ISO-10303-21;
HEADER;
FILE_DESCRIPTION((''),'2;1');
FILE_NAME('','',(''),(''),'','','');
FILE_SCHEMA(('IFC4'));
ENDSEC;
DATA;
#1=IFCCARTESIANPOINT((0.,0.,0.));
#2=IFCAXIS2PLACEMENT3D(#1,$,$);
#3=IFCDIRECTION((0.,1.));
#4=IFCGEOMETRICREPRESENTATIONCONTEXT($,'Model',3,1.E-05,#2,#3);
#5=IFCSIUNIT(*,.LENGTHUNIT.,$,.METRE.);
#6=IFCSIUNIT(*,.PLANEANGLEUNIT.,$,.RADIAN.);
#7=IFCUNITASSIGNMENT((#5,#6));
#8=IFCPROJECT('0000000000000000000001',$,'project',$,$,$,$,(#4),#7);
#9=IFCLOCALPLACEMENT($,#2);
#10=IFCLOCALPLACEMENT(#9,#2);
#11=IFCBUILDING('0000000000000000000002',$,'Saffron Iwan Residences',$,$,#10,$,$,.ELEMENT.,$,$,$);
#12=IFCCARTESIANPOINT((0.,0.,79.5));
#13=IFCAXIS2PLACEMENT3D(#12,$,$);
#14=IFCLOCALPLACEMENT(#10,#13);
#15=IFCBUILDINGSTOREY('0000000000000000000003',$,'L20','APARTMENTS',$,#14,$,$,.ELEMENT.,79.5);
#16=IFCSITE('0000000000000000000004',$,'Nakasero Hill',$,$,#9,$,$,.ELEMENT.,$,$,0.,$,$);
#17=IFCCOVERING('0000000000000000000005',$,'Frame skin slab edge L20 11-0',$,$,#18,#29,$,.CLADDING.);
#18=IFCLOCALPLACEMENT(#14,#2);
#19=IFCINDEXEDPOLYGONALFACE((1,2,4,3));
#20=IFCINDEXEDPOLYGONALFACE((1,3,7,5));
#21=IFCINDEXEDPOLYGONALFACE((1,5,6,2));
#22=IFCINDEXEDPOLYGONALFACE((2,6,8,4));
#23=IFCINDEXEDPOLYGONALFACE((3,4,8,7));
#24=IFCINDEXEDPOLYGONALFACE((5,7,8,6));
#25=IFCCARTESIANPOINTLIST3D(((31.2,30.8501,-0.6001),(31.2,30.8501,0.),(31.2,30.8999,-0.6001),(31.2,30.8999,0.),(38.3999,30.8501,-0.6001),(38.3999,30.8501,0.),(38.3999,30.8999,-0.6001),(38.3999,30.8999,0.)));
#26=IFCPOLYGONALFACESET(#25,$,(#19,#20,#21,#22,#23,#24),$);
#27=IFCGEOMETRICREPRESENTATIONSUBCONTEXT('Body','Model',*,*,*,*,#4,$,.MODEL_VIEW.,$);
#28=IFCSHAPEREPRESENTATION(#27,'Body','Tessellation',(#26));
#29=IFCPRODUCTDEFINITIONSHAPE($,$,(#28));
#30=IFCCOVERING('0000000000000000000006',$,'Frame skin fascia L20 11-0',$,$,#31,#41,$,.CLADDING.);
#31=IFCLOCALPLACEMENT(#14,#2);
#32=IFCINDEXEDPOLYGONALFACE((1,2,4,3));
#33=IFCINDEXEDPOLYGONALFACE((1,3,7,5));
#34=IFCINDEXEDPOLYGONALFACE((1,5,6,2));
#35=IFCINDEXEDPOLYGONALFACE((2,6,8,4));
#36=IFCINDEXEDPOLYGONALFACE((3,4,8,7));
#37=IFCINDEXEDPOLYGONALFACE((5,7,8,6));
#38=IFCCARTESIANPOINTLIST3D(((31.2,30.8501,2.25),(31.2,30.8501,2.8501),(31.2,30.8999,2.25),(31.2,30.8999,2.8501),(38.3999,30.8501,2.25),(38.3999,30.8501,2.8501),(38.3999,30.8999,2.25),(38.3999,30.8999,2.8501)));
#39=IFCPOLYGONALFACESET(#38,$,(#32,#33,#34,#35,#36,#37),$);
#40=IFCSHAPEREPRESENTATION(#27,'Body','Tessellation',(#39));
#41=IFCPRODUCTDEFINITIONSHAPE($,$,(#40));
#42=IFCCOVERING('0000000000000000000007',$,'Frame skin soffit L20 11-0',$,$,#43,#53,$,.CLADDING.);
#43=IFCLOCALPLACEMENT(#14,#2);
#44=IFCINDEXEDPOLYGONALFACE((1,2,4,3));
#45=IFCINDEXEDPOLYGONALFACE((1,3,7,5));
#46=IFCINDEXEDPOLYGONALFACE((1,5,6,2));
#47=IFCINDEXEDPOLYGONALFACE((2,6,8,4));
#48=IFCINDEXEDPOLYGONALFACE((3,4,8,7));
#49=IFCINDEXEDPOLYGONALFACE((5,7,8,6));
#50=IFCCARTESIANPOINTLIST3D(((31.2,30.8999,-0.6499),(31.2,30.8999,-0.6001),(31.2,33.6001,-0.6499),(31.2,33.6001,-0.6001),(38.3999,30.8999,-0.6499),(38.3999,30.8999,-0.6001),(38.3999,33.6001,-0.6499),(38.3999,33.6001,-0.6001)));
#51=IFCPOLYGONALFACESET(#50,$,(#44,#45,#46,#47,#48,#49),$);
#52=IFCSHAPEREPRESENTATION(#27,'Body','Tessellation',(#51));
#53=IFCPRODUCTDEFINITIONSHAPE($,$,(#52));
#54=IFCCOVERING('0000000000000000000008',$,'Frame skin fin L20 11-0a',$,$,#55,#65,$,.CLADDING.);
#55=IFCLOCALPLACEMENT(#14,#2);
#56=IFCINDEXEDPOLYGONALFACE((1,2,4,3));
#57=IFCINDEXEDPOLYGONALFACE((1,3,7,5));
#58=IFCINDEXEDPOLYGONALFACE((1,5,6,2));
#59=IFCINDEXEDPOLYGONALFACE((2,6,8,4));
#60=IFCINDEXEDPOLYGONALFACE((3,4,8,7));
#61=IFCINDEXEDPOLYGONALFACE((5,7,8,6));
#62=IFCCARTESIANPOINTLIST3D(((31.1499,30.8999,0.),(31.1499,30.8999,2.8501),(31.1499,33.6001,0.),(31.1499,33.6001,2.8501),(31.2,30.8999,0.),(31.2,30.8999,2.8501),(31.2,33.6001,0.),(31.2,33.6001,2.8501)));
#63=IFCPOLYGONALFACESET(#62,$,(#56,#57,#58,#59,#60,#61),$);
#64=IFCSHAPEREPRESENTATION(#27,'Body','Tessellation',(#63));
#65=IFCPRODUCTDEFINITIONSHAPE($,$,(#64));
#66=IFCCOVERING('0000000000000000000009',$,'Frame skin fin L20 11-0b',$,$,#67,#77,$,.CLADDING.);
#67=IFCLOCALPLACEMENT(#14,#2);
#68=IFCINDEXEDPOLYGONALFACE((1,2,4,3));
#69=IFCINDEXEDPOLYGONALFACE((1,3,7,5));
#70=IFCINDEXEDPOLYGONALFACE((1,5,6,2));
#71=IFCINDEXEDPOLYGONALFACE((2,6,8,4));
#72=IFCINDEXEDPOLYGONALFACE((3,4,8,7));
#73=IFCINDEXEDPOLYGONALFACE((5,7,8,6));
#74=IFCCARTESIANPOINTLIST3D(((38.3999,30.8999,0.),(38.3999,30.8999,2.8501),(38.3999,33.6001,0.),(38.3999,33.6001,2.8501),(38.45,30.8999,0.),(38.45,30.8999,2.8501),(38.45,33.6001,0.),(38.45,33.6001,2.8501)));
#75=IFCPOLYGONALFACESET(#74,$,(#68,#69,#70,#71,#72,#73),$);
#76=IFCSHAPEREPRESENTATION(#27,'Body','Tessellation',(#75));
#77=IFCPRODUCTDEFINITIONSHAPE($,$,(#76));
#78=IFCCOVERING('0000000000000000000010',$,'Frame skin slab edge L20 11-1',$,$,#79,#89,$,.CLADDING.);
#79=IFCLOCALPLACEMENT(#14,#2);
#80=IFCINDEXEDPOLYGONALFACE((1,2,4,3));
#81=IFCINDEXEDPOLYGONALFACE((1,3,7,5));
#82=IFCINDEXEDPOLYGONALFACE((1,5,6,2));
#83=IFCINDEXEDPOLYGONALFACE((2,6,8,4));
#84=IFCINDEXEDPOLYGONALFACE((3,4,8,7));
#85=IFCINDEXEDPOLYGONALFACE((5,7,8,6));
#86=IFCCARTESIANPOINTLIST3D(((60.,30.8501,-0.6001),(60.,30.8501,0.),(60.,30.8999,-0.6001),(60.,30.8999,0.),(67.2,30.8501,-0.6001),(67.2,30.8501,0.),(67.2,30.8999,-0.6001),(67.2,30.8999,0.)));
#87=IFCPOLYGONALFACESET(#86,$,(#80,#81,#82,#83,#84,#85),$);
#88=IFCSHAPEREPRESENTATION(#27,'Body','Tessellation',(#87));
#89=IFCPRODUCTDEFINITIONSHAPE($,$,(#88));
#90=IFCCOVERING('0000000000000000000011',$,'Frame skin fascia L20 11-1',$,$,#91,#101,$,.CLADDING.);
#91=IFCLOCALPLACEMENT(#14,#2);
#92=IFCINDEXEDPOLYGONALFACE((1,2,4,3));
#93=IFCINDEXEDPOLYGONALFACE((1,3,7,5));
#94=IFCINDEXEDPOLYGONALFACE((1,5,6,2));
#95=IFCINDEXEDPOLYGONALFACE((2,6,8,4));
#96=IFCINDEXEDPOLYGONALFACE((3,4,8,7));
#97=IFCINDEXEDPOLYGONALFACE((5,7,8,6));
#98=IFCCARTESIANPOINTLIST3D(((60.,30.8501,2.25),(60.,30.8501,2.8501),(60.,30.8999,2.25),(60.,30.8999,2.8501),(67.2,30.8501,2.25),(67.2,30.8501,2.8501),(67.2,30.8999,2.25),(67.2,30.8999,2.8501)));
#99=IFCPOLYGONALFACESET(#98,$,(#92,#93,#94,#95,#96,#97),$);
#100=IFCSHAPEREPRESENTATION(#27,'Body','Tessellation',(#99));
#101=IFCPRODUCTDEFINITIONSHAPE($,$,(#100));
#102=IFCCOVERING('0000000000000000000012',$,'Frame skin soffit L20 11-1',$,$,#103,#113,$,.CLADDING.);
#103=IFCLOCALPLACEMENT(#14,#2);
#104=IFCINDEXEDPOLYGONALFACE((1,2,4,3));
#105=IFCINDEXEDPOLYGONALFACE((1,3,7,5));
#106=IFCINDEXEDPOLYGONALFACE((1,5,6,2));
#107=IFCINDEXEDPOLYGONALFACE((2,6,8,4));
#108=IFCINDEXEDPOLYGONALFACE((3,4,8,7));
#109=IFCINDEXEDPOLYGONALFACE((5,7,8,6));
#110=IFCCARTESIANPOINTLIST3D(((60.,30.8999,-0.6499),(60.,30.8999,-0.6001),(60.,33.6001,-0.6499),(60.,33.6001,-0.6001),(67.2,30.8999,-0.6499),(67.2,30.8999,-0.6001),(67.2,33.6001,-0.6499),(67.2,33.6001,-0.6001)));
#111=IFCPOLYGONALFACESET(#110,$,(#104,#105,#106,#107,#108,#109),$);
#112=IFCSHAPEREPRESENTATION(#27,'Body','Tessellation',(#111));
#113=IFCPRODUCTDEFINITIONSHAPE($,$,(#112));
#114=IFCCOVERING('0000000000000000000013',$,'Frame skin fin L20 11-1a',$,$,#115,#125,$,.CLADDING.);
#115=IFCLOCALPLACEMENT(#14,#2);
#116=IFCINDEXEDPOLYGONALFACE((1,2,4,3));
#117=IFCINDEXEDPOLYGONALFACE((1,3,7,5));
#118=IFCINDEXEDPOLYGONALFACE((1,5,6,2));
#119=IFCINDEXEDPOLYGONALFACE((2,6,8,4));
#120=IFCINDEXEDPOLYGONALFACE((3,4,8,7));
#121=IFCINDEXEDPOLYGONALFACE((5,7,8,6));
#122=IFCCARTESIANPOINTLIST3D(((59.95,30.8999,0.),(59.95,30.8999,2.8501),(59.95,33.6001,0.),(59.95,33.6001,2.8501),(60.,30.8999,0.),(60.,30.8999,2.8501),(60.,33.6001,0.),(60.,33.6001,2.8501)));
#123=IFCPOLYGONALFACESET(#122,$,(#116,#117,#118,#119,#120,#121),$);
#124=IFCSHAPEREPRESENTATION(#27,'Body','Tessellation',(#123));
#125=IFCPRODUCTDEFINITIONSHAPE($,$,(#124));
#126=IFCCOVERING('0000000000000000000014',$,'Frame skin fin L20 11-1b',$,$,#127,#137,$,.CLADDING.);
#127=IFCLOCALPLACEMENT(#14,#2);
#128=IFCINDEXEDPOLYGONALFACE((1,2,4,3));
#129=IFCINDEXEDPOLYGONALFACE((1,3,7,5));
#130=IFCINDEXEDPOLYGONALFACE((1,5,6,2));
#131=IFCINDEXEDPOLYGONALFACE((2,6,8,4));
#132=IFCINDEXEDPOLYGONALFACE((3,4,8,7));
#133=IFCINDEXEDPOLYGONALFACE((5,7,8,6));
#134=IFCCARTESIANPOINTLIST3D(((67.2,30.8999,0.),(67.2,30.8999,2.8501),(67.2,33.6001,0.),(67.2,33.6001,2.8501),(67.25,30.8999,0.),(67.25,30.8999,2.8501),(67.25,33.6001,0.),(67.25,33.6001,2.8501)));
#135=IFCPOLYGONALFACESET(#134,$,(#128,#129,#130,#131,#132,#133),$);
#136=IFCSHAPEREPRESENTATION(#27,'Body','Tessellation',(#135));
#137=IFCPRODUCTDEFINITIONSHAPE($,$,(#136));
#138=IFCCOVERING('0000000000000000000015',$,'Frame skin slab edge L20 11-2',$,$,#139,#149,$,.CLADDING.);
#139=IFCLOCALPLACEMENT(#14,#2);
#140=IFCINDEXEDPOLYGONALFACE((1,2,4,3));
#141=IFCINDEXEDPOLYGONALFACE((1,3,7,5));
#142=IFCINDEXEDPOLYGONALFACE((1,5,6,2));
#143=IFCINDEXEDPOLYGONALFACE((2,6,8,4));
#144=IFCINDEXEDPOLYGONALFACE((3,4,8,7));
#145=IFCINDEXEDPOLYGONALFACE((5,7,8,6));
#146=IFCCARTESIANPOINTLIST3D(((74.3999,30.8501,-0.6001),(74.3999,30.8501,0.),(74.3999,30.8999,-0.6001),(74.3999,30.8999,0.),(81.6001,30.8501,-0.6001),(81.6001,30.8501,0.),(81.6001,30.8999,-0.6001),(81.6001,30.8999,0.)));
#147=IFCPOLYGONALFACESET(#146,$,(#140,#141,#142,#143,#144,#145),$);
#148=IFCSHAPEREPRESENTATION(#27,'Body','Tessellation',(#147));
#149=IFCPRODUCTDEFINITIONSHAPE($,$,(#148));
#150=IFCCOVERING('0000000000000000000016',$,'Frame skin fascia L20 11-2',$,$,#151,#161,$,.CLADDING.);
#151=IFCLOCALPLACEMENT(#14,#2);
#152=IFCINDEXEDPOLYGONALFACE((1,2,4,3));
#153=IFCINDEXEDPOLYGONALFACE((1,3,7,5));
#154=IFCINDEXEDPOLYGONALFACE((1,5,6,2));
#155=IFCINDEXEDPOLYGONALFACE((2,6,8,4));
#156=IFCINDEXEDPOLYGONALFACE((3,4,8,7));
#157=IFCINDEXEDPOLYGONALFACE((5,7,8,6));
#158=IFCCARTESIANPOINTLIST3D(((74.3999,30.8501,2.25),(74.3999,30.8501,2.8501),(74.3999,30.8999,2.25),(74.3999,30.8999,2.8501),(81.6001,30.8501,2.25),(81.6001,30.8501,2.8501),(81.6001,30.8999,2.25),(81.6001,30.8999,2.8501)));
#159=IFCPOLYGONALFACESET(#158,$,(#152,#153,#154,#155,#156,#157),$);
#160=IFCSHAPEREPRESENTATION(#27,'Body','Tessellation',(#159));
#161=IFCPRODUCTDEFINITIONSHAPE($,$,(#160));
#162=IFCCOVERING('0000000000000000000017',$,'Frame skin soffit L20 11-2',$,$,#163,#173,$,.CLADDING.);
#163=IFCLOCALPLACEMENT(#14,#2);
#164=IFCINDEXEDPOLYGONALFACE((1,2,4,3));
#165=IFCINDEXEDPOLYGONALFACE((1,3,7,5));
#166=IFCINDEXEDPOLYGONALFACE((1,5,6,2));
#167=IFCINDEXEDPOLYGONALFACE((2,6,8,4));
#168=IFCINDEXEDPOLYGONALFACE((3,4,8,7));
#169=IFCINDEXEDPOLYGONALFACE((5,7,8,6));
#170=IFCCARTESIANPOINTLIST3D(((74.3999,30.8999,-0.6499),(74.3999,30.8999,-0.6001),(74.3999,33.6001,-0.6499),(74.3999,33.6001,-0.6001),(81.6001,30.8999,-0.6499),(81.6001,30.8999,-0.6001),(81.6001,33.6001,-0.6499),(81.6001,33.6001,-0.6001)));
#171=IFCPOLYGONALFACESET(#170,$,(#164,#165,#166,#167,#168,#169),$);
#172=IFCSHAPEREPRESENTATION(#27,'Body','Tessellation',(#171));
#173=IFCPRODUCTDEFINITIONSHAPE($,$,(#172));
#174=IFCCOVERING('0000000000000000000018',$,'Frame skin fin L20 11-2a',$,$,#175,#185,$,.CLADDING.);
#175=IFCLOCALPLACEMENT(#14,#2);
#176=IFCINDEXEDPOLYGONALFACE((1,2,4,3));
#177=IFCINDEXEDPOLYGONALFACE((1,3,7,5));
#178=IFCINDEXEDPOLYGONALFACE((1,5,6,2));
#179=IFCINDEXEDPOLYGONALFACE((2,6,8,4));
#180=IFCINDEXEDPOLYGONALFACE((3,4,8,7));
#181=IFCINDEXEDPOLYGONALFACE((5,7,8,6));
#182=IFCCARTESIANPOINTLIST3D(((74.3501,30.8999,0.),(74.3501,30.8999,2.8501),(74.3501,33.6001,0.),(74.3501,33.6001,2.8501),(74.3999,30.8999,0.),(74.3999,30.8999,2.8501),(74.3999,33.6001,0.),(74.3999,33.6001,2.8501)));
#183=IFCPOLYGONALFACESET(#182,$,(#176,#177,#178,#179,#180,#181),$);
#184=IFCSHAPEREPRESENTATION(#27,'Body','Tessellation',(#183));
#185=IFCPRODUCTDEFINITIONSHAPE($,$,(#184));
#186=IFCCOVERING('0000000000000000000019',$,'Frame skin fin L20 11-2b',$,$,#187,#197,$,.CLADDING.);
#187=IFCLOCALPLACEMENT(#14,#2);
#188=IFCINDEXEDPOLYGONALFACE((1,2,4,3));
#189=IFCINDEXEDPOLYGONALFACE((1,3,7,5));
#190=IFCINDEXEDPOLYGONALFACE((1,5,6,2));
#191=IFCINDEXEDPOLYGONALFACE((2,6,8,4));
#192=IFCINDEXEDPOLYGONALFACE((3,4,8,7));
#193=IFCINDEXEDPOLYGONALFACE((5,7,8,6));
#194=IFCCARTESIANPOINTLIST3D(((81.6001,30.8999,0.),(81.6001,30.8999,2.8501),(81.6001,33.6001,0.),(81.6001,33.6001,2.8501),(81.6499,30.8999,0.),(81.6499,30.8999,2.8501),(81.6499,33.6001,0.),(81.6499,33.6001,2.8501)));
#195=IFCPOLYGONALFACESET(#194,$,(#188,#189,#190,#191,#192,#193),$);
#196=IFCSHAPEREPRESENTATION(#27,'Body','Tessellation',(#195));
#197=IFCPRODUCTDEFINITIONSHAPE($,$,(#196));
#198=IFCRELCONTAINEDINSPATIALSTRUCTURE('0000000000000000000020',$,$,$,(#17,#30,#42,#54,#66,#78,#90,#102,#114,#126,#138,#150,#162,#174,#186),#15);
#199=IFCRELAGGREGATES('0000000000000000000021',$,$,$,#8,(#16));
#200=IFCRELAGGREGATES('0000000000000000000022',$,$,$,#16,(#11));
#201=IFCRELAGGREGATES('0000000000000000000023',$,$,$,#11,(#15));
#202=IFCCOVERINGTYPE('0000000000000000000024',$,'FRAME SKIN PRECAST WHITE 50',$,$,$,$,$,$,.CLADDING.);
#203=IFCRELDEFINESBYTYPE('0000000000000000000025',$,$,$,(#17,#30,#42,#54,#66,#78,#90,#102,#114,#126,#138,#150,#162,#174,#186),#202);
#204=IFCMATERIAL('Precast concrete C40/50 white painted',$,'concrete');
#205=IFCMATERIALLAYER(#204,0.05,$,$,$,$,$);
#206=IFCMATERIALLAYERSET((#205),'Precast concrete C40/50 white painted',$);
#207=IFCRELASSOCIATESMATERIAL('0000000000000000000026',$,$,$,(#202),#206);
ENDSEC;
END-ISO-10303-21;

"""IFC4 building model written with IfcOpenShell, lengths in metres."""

from ifc_helpers import new_model, si_unit, direction, frame, origin, place, context, subcontext, project, spatial, polyline, outline, extrude, material, layer, layer_set, type_object, element, save


model = new_model("IFC4")

# Units and contexts
model_context = context("Model", 3, precision=1e-05, world=origin(), true_north=direction((0.0, 1.0)))
body_context = subcontext(model_context, "Body", "Model", "MODEL_VIEW")
ifc_project = project(units=[si_unit("LENGTHUNIT", "METRE"), si_unit("PLANEANGLEUNIT", "RADIAN")], contexts=[model_context])

# Site, building, storey
site_placement = place(None, origin())
site = spatial("IfcSite", under=ifc_project, at=site_placement, Name="Nakasero Hill", CompositionType="ELEMENT", RefElevation=0.0)
building_placement = place(site_placement, origin())
building = spatial("IfcBuilding", under=site, at=building_placement, Name="Saffron Iwan Residences", CompositionType="ELEMENT")
storey_placement = place(building_placement, frame((0.0, 0.0, 79.5)))
storey = spatial("IfcBuildingStorey", under=building, at=storey_placement, Name="L20", Description="APARTMENTS", CompositionType="ELEMENT", Elevation=79.5)

# Coverings
ifc_material_1 = material(Name="Precast concrete C40/50 white painted", Category="concrete")
ifc_layer_1 = layer(ifc_material_1, 0.05)
ifc_layer_set_1 = layer_set([ifc_layer_1], Name="Precast concrete C40/50 white painted")
covering_type = type_object("IfcCoveringType", Name="FRAME SKIN PRECAST WHITE 50", PredefinedType="CLADDING", material=ifc_layer_set_1)
for number, where, name in (
    (1, (0.0, 0.0, -0.6001), "Frame skin slab edge L20 11-0"),
    (2, (0.0, 0.0, 2.25), "Frame skin fascia L20 11-0"),
):
    element("IfcCovering", number, at=place(storey_placement, frame(where)), inside=storey, type_object=covering_type, Name=name, PredefinedType="CLADDING", context=body_context, shape_type="SweptSolid", body=[
        extrude(outline(polyline([(31.2, 30.8501), (38.3999, 30.8501), (38.3999, 30.8999), (31.2, 30.8999), (31.2, 30.8501)])), origin(), (0.0, 0.0, 1.0), 0.6001),
    ])
covering_1_placement = place(storey_placement, frame((0.0, 0.0, -0.6499)))
element("IfcCovering", 3, at=covering_1_placement, inside=storey, type_object=covering_type, Name="Frame skin soffit L20 11-0", PredefinedType="CLADDING", context=body_context, shape_type="SweptSolid", body=[
    extrude(outline(polyline([(31.2, 30.8999), (38.3999, 30.8999), (38.3999, 33.6001), (31.2, 33.6001), (31.2, 30.8999)])), origin(), (0.0, 0.0, 1.0), 0.0498),
])
covering_2_placement = place(storey_placement, origin())
element("IfcCovering", 4, at=covering_2_placement, inside=storey, type_object=covering_type, Name="Frame skin fin L20 11-0a", PredefinedType="CLADDING", context=body_context, shape_type="SweptSolid", body=[
    extrude(outline(polyline([(31.1499, 30.8999), (31.2, 30.8999), (31.2, 33.6001), (31.1499, 33.6001), (31.1499, 30.8999)])), origin(), (0.0, 0.0, 1.0), 2.8501),
])
covering_3_placement = place(storey_placement, origin())
element("IfcCovering", 5, at=covering_3_placement, inside=storey, type_object=covering_type, Name="Frame skin fin L20 11-0b", PredefinedType="CLADDING", context=body_context, shape_type="SweptSolid", body=[
    extrude(outline(polyline([(38.3999, 30.8999), (38.45, 30.8999), (38.45, 33.6001), (38.3999, 33.6001), (38.3999, 30.8999)])), origin(), (0.0, 0.0, 1.0), 2.8501),
])
for number, where, name in (
    (6, (0.0, 0.0, -0.6001), "Frame skin slab edge L20 11-1"),
    (7, (0.0, 0.0, 2.25), "Frame skin fascia L20 11-1"),
):
    element("IfcCovering", number, at=place(storey_placement, frame(where)), inside=storey, type_object=covering_type, Name=name, PredefinedType="CLADDING", context=body_context, shape_type="SweptSolid", body=[
        extrude(outline(polyline([(60.0, 30.8501), (67.2, 30.8501), (67.2, 30.8999), (60.0, 30.8999), (60.0, 30.8501)])), origin(), (0.0, 0.0, 1.0), 0.6001),
    ])
covering_4_placement = place(storey_placement, frame((0.0, 0.0, -0.6499)))
element("IfcCovering", 8, at=covering_4_placement, inside=storey, type_object=covering_type, Name="Frame skin soffit L20 11-1", PredefinedType="CLADDING", context=body_context, shape_type="SweptSolid", body=[
    extrude(outline(polyline([(60.0, 30.8999), (67.2, 30.8999), (67.2, 33.6001), (60.0, 33.6001), (60.0, 30.8999)])), origin(), (0.0, 0.0, 1.0), 0.0498),
])
covering_5_placement = place(storey_placement, origin())
element("IfcCovering", 9, at=covering_5_placement, inside=storey, type_object=covering_type, Name="Frame skin fin L20 11-1a", PredefinedType="CLADDING", context=body_context, shape_type="SweptSolid", body=[
    extrude(outline(polyline([(59.95, 30.8999), (60.0, 30.8999), (60.0, 33.6001), (59.95, 33.6001), (59.95, 30.8999)])), origin(), (0.0, 0.0, 1.0), 2.8501),
])
covering_6_placement = place(storey_placement, origin())
element("IfcCovering", 10, at=covering_6_placement, inside=storey, type_object=covering_type, Name="Frame skin fin L20 11-1b", PredefinedType="CLADDING", context=body_context, shape_type="SweptSolid", body=[
    extrude(outline(polyline([(67.2, 30.8999), (67.25, 30.8999), (67.25, 33.6001), (67.2, 33.6001), (67.2, 30.8999)])), origin(), (0.0, 0.0, 1.0), 2.8501),
])
for number, where, name in (
    (11, (0.0, 0.0, -0.6001), "Frame skin slab edge L20 11-2"),
    (12, (0.0, 0.0, 2.25), "Frame skin fascia L20 11-2"),
):
    element("IfcCovering", number, at=place(storey_placement, frame(where)), inside=storey, type_object=covering_type, Name=name, PredefinedType="CLADDING", context=body_context, shape_type="SweptSolid", body=[
        extrude(outline(polyline([(74.3999, 30.8501), (81.6001, 30.8501), (81.6001, 30.8999), (74.3999, 30.8999), (74.3999, 30.8501)])), origin(), (0.0, 0.0, 1.0), 0.6001),
    ])
covering_7_placement = place(storey_placement, frame((0.0, 0.0, -0.6499)))
element("IfcCovering", 13, at=covering_7_placement, inside=storey, type_object=covering_type, Name="Frame skin soffit L20 11-2", PredefinedType="CLADDING", context=body_context, shape_type="SweptSolid", body=[
    extrude(outline(polyline([(74.3999, 30.8999), (81.6001, 30.8999), (81.6001, 33.6001), (74.3999, 33.6001), (74.3999, 30.8999)])), origin(), (0.0, 0.0, 1.0), 0.0498),
])
covering_8_placement = place(storey_placement, origin())
element("IfcCovering", 14, at=covering_8_placement, inside=storey, type_object=covering_type, Name="Frame skin fin L20 11-2a", PredefinedType="CLADDING", context=body_context, shape_type="SweptSolid", body=[
    extrude(outline(polyline([(74.3501, 30.8999), (74.3999, 30.8999), (74.3999, 33.6001), (74.3501, 33.6001), (74.3501, 30.8999)])), origin(), (0.0, 0.0, 1.0), 2.8501),
])
covering_9_placement = place(storey_placement, origin())
element("IfcCovering", 15, at=covering_9_placement, inside=storey, type_object=covering_type, Name="Frame skin fin L20 11-2b", PredefinedType="CLADDING", context=body_context, shape_type="SweptSolid", body=[
    extrude(outline(polyline([(81.6001, 30.8999), (81.6499, 30.8999), (81.6499, 33.6001), (81.6001, 33.6001), (81.6001, 30.8999)])), origin(), (0.0, 0.0, 1.0), 2.8501),
])

save(model, "model.ifc")
